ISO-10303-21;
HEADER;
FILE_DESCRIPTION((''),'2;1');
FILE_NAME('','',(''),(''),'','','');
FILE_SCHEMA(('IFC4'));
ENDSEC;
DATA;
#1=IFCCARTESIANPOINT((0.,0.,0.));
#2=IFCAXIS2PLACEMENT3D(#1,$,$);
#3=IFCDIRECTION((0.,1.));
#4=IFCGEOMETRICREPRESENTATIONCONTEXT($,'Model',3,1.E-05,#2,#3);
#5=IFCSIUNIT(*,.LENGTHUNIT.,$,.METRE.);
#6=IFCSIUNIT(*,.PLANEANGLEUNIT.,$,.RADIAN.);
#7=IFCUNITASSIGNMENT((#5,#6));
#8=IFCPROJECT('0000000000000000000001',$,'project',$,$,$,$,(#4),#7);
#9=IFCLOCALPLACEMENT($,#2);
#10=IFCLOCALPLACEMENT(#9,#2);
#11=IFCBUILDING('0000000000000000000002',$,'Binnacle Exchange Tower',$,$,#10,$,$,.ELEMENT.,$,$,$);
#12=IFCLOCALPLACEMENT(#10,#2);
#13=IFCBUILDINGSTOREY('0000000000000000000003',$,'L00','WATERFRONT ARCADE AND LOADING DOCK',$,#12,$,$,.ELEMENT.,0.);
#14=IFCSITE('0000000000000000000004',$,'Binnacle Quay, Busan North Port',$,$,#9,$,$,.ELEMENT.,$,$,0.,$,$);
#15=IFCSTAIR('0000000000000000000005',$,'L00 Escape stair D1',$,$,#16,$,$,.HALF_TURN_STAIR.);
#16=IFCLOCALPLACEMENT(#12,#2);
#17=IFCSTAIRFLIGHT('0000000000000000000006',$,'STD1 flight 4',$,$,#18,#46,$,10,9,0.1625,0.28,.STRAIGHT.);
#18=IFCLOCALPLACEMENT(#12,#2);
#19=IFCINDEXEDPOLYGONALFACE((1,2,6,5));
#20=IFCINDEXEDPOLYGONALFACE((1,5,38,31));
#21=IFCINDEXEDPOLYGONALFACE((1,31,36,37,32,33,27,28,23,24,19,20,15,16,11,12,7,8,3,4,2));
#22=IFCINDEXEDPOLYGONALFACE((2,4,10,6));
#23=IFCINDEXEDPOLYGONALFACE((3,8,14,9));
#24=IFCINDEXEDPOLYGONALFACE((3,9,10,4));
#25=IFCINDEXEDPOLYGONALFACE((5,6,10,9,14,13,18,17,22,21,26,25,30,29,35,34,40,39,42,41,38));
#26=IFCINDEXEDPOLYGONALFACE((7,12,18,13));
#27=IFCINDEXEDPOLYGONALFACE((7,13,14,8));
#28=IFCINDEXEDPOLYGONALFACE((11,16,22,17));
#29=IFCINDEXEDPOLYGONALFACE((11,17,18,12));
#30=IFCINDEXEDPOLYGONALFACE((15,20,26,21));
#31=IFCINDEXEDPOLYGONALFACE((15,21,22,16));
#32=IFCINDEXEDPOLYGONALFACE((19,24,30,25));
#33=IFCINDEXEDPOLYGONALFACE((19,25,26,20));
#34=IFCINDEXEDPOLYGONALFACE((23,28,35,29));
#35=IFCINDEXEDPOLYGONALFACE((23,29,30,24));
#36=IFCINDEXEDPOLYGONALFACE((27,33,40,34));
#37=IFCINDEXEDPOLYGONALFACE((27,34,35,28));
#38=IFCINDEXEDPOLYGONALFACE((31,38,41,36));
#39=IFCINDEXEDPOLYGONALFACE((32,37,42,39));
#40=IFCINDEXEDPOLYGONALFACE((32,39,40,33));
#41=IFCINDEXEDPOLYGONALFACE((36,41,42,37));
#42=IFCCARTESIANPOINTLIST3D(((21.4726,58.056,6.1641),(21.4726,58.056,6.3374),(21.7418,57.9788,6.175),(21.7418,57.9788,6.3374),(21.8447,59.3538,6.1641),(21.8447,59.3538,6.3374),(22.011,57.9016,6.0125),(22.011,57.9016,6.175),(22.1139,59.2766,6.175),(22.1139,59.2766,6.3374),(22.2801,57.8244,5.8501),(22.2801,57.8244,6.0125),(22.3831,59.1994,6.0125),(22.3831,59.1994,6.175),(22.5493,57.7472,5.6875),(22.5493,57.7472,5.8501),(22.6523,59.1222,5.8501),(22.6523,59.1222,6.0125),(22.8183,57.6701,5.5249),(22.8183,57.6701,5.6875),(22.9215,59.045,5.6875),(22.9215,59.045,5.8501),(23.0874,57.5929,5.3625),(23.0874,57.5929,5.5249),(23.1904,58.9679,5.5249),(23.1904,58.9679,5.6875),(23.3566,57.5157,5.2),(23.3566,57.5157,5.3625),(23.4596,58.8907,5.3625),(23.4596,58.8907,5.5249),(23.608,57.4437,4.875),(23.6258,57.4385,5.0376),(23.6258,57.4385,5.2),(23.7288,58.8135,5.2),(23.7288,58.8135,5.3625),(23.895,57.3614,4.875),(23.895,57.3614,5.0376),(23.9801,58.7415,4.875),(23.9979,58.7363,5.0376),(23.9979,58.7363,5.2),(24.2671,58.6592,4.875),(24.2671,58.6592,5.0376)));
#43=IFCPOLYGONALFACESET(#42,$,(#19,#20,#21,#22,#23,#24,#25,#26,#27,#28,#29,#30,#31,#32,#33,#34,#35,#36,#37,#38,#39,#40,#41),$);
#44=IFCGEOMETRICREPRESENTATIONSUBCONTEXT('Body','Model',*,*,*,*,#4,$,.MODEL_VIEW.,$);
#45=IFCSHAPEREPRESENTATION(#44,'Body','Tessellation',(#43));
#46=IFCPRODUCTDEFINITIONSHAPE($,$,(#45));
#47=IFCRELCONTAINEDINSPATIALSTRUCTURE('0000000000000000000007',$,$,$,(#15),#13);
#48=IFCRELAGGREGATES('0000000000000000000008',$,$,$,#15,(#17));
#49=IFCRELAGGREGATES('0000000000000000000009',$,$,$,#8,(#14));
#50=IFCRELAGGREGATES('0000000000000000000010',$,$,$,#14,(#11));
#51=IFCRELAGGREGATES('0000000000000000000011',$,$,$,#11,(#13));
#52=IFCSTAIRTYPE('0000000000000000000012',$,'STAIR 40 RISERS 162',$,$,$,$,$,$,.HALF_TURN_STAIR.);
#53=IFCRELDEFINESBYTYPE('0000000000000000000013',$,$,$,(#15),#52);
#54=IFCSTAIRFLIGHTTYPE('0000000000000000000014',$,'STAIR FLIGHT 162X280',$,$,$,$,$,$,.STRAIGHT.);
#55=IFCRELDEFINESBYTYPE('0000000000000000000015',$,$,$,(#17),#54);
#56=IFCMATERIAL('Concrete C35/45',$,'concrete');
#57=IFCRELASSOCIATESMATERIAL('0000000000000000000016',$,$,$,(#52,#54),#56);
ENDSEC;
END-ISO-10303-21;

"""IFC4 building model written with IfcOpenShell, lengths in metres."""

from ifc_helpers import new_model, si_unit, direction, frame, origin, place, context, subcontext, project, spatial, polyline, outline, extrude, material, type_object, element, aggregate, save


model = new_model("IFC4")

# Units and contexts
model_context = context("Model", 3, precision=1e-05, world=origin(), true_north=direction((0.0, 1.0)))
body_context = subcontext(model_context, "Body", "Model", "MODEL_VIEW")
ifc_project = project(units=[si_unit("LENGTHUNIT", "METRE"), si_unit("PLANEANGLEUNIT", "RADIAN")], contexts=[model_context])

# Site, building, storey
site_placement = place(None, origin())
site = spatial("IfcSite", under=ifc_project, at=site_placement, Name="Binnacle Quay, Busan North Port", CompositionType="ELEMENT", RefElevation=0.0)
building_placement = place(site_placement, origin())
building = spatial("IfcBuilding", under=site, at=building_placement, Name="Binnacle Exchange Tower", CompositionType="ELEMENT")
storey_placement = place(building_placement, origin())
storey = spatial("IfcBuildingStorey", under=building, at=storey_placement, Name="L00", Description="WATERFRONT ARCADE AND LOADING DOCK", CompositionType="ELEMENT", Elevation=0.0)

# Stair, stair flight
ifc_material_1 = material(Name="Concrete C35/45", Category="concrete")
stair_type = type_object("IfcStairType", Name="STAIR 40 RISERS 162", PredefinedType="HALF_TURN_STAIR", material=ifc_material_1)
stair_placement = place(storey_placement, origin())
stair = element("IfcStair", 1, at=stair_placement, inside=storey, type_object=stair_type, Name="L00 Escape stair D1", PredefinedType="HALF_TURN_STAIR")
stair_flight_type = type_object("IfcStairFlightType", Name="STAIR FLIGHT 162X280", PredefinedType="STRAIGHT", material=ifc_material_1)
stair_flight_1_placement = place(storey_placement, frame((24.0811, 58.0103, 4.875), z_axis=(0.0, 0.0, 1.0), x_axis=(-0.961262, 0.275637, 0.0)))
stair_flight_1 = element("IfcStairFlight", 2, at=stair_flight_1_placement, type_object=stair_flight_type, Name="STD1 flight 4", NumberOfRisers=10, NumberOfTreads=9, PredefinedType="STRAIGHT", RiserHeight=0.1625, TreadLength=0.28, context=body_context, shape_type="SweptSolid", body=[
    extrude(outline(polyline([(0.0, 0.0), (0.0, 0.1626), (0.28, 0.1626), (0.28, 0.325), (0.5601, 0.325), (0.5601, 0.4875), (0.8401, 0.4875), (0.8401, 0.6499), (1.1201, 0.6499), (1.1201, 0.8125), (1.3999, 0.8125), (1.3999, 0.9751), (1.6799, 0.9751), (1.6799, 1.1375), (1.96, 1.1375), (1.96, 1.3), (2.24, 1.3), (2.24, 1.4624), (2.52, 1.4624), (2.52, 1.625), (2.52, 1.2891), (0.2986, 0.0), (0.0, 0.0)])), frame((0.0, 0.675, 0.0), z_axis=(0.0, -1.0, 0.0), x_axis=(1.0, 0.0, 0.0)), (0.0, 0.0, 1.0), 1.3501),
])
aggregate(stair, [stair_flight_1])

save(model, "model.ifc")
